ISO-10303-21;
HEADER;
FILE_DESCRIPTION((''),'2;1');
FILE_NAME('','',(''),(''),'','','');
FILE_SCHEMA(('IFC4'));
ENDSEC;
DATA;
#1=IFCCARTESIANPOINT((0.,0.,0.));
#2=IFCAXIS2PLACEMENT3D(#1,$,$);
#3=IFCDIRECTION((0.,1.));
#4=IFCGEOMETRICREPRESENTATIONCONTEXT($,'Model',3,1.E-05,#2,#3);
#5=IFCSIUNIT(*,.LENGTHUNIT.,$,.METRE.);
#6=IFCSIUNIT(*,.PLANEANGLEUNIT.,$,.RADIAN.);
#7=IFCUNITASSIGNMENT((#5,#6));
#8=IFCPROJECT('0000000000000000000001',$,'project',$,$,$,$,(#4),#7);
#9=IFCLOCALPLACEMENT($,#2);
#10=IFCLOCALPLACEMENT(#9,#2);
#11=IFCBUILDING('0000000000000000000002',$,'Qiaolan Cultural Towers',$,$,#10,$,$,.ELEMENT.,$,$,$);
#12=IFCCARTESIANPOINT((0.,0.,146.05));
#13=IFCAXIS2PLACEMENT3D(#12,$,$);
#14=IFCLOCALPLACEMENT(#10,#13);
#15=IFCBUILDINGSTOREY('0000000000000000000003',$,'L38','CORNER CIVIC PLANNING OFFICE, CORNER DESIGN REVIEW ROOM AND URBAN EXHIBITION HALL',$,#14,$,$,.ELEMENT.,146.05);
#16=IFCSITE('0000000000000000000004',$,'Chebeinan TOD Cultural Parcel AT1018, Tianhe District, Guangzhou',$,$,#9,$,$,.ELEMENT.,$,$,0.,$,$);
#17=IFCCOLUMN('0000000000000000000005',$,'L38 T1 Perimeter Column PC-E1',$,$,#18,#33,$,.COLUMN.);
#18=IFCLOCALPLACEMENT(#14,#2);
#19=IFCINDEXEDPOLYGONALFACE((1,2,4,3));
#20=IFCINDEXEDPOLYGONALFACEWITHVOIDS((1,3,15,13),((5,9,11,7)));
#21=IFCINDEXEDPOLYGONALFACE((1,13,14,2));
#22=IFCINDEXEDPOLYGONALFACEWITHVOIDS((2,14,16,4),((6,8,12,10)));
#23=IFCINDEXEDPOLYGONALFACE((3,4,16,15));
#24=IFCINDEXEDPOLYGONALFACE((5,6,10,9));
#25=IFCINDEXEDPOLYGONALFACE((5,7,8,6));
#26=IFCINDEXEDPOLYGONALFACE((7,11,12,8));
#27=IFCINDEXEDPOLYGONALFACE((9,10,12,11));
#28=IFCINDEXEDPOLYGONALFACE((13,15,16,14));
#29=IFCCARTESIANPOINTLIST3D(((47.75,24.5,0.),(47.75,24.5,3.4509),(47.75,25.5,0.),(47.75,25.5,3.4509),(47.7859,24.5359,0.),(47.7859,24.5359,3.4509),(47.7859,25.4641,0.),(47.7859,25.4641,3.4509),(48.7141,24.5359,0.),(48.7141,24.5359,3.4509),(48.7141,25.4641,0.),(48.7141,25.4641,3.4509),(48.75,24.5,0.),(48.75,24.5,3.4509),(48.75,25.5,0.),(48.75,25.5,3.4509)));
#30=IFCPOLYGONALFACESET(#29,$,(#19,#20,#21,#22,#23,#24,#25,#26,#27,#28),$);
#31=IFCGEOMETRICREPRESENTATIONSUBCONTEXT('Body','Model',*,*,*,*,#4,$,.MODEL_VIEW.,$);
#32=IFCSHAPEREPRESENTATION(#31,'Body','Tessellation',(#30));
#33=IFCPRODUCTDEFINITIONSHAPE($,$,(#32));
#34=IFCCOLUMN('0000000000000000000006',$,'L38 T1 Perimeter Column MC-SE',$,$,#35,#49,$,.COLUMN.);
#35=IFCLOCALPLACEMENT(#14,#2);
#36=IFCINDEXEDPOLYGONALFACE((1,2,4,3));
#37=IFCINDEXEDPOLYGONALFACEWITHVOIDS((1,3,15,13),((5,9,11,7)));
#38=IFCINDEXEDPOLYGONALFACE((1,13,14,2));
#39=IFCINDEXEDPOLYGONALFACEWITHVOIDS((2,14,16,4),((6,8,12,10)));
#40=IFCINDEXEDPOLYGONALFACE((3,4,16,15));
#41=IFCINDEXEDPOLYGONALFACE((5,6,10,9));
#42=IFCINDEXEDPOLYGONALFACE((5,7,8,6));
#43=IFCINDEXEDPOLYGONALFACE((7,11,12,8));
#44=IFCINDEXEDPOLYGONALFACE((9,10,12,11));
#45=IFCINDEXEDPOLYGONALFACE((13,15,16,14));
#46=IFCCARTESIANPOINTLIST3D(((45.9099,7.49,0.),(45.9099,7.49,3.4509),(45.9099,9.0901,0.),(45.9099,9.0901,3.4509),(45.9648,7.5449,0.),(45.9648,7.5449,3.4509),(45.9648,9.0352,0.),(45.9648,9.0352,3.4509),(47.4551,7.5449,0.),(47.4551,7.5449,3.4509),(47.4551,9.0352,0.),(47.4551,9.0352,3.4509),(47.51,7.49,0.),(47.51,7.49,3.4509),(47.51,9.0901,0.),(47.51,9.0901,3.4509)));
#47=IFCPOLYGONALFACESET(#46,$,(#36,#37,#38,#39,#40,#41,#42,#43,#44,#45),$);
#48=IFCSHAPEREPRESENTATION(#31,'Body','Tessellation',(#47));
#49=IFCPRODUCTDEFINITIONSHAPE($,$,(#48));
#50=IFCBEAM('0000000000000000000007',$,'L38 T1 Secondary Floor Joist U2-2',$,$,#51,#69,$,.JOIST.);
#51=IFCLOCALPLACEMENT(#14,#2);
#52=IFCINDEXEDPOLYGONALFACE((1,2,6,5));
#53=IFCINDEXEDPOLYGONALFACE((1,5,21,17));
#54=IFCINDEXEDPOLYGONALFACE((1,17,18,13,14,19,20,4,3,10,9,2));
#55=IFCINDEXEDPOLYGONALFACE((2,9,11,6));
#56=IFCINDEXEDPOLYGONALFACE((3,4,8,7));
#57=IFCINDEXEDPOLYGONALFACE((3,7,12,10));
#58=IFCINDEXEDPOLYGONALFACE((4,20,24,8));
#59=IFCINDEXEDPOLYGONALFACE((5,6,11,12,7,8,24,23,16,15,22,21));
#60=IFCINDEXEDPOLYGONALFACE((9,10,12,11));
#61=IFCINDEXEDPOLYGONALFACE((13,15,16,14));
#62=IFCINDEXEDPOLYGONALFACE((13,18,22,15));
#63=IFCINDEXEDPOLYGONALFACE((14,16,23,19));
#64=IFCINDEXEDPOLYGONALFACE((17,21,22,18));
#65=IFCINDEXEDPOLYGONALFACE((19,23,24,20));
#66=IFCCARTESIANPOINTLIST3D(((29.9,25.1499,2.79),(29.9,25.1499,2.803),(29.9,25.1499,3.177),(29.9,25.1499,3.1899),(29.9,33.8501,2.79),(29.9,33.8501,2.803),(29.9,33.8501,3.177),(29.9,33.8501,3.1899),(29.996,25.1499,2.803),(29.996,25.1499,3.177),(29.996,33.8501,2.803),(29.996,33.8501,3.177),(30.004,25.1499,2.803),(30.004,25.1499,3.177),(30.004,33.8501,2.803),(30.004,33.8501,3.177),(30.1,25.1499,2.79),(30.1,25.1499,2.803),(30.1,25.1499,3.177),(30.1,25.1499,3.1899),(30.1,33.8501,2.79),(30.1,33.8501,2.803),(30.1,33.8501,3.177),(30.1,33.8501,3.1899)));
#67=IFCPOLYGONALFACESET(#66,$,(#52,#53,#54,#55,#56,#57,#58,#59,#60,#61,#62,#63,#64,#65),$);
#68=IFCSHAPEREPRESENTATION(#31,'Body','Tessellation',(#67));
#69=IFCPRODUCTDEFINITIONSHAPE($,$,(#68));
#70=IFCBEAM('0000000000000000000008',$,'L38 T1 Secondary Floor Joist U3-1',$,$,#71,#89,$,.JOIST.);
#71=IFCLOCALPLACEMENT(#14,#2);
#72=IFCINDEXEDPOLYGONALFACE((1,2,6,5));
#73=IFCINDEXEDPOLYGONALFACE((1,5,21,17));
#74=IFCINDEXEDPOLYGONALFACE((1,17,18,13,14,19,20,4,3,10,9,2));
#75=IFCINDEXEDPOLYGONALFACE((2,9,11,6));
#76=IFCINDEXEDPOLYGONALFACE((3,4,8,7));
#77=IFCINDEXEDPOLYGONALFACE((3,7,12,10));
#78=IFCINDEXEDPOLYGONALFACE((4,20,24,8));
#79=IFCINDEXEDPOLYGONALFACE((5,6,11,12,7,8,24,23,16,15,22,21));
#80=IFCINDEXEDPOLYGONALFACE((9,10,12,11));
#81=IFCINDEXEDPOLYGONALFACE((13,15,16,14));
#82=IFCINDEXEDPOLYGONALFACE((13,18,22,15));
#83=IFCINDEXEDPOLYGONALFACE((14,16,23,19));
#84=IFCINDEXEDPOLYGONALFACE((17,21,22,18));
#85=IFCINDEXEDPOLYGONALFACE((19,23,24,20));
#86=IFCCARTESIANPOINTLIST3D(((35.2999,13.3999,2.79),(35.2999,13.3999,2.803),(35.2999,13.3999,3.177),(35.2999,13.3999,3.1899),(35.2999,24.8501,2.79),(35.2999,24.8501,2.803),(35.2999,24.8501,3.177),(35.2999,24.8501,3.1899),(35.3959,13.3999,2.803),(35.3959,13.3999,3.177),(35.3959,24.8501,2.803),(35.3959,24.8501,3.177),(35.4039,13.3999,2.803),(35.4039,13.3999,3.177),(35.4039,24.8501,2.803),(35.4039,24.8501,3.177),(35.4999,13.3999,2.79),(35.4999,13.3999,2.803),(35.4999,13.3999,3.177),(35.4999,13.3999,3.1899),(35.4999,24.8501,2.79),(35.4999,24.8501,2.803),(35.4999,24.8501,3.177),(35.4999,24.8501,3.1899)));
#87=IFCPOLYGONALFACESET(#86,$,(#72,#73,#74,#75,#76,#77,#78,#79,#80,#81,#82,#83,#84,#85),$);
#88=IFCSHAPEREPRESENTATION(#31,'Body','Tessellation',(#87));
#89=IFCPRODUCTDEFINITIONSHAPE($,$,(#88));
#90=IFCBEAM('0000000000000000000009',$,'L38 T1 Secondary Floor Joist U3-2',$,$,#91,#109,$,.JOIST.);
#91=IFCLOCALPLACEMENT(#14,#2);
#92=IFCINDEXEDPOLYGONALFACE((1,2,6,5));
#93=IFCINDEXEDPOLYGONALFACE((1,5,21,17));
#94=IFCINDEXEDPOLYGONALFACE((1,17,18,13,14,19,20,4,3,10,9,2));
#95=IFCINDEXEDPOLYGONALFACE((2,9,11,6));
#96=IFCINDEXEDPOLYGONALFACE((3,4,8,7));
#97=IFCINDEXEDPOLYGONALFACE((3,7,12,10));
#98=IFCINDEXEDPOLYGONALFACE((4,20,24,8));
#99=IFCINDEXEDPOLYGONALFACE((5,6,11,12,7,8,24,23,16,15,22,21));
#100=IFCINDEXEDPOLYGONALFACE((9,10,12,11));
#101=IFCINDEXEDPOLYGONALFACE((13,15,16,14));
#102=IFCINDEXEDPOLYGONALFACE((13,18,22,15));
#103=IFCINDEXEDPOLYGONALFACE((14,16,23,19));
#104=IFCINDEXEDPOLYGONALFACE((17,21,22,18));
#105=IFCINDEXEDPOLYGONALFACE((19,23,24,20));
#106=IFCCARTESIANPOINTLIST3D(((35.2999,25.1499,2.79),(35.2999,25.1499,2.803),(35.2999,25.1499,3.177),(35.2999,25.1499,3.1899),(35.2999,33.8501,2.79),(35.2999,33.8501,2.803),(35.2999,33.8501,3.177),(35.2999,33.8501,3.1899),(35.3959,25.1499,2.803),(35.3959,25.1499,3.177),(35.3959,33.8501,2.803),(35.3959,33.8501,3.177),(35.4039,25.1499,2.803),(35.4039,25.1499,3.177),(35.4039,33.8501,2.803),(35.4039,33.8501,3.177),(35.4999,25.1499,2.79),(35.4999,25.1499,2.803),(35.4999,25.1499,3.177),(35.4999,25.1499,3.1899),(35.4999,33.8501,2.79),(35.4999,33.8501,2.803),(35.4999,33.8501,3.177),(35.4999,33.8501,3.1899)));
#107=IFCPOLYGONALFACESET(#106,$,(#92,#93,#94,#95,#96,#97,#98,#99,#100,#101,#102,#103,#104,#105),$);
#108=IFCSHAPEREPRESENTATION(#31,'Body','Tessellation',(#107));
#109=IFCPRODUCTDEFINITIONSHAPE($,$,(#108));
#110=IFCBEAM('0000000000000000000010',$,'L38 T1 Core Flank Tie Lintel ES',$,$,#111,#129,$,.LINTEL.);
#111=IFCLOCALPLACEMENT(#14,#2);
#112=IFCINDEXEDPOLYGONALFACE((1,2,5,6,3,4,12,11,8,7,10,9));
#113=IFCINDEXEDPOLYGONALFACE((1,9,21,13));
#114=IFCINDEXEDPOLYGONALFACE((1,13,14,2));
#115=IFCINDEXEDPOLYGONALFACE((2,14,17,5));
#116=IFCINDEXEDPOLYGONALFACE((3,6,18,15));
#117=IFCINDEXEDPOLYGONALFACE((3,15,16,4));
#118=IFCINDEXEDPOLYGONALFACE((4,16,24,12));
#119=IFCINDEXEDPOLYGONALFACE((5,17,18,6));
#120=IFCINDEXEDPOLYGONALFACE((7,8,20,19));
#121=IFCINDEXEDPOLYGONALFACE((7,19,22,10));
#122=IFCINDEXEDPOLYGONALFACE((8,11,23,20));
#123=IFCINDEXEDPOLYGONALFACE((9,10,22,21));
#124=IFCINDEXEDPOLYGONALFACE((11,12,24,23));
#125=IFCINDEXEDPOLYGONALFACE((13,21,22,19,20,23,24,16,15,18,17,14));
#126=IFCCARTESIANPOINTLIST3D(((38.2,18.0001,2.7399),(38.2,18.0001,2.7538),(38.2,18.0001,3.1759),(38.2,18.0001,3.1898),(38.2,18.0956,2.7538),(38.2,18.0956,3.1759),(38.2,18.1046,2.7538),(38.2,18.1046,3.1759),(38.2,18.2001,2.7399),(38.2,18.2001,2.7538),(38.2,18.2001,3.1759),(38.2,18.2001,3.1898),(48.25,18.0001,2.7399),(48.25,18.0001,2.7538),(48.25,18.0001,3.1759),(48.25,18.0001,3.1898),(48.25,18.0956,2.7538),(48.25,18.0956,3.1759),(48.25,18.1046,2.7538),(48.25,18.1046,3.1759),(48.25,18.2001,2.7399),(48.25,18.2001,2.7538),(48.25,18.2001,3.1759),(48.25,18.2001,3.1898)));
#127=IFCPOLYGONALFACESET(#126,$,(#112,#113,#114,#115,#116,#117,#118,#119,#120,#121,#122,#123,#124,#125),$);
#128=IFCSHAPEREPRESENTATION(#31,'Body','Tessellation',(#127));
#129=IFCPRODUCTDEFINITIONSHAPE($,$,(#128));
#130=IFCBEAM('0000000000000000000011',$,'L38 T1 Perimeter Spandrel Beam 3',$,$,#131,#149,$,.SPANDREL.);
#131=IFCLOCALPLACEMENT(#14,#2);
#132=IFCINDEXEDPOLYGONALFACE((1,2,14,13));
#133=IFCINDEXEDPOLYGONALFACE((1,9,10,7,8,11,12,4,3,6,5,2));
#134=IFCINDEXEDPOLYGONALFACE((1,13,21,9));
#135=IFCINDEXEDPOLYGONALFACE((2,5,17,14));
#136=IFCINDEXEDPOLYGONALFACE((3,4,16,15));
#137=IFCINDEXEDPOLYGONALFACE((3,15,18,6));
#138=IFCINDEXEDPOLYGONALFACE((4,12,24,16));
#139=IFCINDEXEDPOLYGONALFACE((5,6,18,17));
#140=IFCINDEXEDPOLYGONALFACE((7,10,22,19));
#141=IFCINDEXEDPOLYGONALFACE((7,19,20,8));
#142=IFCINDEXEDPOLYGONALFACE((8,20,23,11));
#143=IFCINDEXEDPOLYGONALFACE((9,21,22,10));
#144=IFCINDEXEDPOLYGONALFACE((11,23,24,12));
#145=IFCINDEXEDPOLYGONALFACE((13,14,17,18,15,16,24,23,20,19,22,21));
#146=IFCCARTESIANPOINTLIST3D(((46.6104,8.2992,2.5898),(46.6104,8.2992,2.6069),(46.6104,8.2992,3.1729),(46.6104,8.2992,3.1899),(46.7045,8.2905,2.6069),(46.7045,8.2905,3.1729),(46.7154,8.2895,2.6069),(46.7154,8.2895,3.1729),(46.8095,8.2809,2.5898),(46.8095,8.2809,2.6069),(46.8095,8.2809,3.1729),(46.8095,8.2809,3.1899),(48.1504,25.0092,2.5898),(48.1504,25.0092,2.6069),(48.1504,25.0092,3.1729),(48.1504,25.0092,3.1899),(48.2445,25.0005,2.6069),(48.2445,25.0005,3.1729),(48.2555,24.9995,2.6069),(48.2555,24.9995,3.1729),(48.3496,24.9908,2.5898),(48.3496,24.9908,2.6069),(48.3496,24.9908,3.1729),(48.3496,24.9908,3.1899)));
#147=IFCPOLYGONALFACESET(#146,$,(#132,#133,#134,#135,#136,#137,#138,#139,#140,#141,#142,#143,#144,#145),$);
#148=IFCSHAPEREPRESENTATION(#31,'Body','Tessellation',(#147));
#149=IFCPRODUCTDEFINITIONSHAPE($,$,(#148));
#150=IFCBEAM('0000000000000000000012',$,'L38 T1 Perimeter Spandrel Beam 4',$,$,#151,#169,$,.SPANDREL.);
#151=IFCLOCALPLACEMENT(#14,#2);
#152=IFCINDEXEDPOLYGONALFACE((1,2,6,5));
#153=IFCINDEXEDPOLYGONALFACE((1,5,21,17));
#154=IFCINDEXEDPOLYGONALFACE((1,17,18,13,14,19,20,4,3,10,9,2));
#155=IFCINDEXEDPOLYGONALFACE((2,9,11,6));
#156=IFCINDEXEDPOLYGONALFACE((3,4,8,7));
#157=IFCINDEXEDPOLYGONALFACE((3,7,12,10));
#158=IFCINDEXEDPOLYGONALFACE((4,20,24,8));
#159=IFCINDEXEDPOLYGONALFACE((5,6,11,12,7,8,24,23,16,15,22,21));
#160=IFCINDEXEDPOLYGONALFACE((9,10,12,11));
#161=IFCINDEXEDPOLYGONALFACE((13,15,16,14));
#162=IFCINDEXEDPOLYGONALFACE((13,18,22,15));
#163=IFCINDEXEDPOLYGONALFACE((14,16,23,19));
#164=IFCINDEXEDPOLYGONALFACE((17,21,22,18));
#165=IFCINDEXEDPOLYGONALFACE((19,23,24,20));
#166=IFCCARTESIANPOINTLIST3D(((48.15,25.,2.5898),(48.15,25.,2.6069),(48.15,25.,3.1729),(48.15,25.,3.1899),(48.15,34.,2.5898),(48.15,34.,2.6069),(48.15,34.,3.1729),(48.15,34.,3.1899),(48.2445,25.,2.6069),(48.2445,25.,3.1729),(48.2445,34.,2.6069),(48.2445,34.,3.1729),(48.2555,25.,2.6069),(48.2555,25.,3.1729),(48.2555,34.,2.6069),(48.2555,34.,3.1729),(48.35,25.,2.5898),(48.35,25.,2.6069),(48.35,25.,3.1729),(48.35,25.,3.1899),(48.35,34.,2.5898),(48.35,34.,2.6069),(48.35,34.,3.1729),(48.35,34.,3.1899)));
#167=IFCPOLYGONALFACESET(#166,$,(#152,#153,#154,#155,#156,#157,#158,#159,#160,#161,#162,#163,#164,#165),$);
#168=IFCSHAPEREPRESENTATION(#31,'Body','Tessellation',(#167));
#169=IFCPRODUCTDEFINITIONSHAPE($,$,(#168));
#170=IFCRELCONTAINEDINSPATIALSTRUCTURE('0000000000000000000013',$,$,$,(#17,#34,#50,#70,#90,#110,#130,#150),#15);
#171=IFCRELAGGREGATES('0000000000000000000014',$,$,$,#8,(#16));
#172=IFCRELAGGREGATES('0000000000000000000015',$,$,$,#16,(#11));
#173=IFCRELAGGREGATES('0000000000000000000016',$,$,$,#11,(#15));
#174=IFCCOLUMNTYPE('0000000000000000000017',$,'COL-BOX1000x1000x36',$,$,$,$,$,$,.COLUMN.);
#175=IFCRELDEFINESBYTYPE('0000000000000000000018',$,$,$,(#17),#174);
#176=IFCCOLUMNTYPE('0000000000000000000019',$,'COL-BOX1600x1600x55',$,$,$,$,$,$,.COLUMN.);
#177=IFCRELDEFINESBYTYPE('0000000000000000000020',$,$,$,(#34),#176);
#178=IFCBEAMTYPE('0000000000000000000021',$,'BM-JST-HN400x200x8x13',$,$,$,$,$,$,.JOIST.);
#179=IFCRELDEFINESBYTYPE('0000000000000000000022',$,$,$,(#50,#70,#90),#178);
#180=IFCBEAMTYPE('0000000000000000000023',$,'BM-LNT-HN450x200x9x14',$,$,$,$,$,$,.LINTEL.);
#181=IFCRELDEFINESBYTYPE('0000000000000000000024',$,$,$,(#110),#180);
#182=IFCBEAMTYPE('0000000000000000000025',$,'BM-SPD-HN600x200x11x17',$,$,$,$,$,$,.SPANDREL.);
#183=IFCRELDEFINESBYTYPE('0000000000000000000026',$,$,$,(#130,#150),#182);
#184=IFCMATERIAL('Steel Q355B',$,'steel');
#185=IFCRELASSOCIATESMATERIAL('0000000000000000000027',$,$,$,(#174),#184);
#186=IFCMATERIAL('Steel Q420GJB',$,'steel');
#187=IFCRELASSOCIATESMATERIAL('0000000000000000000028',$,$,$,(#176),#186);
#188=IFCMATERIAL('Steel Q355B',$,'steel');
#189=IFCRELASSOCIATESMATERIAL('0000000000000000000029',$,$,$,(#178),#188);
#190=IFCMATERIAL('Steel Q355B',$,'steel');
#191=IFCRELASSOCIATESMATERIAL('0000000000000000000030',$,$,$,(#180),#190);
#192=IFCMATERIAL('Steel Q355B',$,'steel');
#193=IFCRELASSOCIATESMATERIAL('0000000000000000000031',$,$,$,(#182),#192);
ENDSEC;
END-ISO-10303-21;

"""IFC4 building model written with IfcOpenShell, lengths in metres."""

from ifc_helpers import new_model, si_unit, direction, frame, origin, origin_2d, place, context, subcontext, project, spatial, hollow_rectangle, i_section, extrude, material, material_profile, profile_set, type_object, element, save


model = new_model("IFC4")

# Units and contexts
model_context = context("Model", 3, precision=1e-05, world=origin(), true_north=direction((0.0, 1.0)))
body_context = subcontext(model_context, "Body", "Model", "MODEL_VIEW")
ifc_project = project(units=[si_unit("LENGTHUNIT", "METRE"), si_unit("PLANEANGLEUNIT", "RADIAN")], contexts=[model_context])

# Site, building, storey
site_placement = place(None, origin())
site = spatial("IfcSite", under=ifc_project, at=site_placement, Name="Chebeinan TOD Cultural Parcel AT1018, Tianhe District, Guangzhou", CompositionType="ELEMENT", RefElevation=0.0)
building_placement = place(site_placement, origin())
building = spatial("IfcBuilding", under=site, at=building_placement, Name="Qiaolan Cultural Towers", CompositionType="ELEMENT")
storey_placement = place(building_placement, frame((0.0, 0.0, 146.05)))
storey = spatial("IfcBuildingStorey", under=building, at=storey_placement, Name="L38", Description="CORNER CIVIC PLANNING OFFICE, CORNER DESIGN REVIEW ROOM AND URBAN EXHIBITION HALL", CompositionType="ELEMENT", Elevation=146.05)

# Columns
ifc_material_1 = material(Name="Steel Q355B", Category="steel")
ifc_material_profile_1 = material_profile(ifc_material_1, hollow_rectangle(XDim=1.0, YDim=1.0, WallThickness=0.0359, at=origin_2d()), Name="BOX1000x1000x36")
ifc_profile_set_1 = profile_set([ifc_material_profile_1], Name="Steel Q355B")
column_type_1 = type_object("IfcColumnType", Name="COL-BOX1000x1000x36", PredefinedType="COLUMN", material=ifc_profile_set_1)
column_1_placement = place(storey_placement, frame((48.25, 25.0, 0.0), z_axis=(0.0, 0.0, 1.0), x_axis=(1.0, 0.0, 0.0)))
element("IfcColumn", 1, at=column_1_placement, inside=storey, type_object=column_type_1, Name="L38 T1 Perimeter Column PC-E1", PredefinedType="COLUMN", context=body_context, shape_type="SweptSolid", body=[
    extrude(hollow_rectangle(XDim=1.0, YDim=1.0, WallThickness=0.0359, at=origin_2d()), origin(), (0.0, 0.0, 1.0), 3.4509),
])
ifc_material_2 = material(Name="Steel Q420GJB", Category="steel")
ifc_material_profile_2 = material_profile(ifc_material_2, hollow_rectangle(XDim=1.6001, YDim=1.6001, WallThickness=0.0549, at=origin_2d()), Name="BOX1600x1600x55")
ifc_profile_set_2 = profile_set([ifc_material_profile_2], Name="Steel Q420GJB")
column_type_2 = type_object("IfcColumnType", Name="COL-BOX1600x1600x55", PredefinedType="COLUMN", material=ifc_profile_set_2)
column_2_placement = place(storey_placement, frame((46.71, 8.29, 0.0), z_axis=(0.0, 0.0, 1.0), x_axis=(1.0, 0.0, 0.0)))
element("IfcColumn", 2, at=column_2_placement, inside=storey, type_object=column_type_2, Name="L38 T1 Perimeter Column MC-SE", PredefinedType="COLUMN", context=body_context, shape_type="SweptSolid", body=[
    extrude(hollow_rectangle(XDim=1.6001, YDim=1.6001, WallThickness=0.0549, at=origin_2d()), origin(), (0.0, 0.0, 1.0), 3.4509),
])

# Beams
ifc_material_3 = material(Name="Steel Q355B", Category="steel")
ifc_material_profile_3 = material_profile(ifc_material_3, i_section(OverallWidth=0.2, OverallDepth=0.3999, WebThickness=0.0081, FlangeThickness=0.0129, at=origin_2d()), Name="HN400x200x8x13")
ifc_profile_set_3 = profile_set([ifc_material_profile_3], Name="Steel Q355B")
beam_type_1 = type_object("IfcBeamType", Name="BM-JST-HN400x200x8x13", PredefinedType="JOIST", material=ifc_profile_set_3)
beam_1_placement = place(storey_placement, frame((30.0, 25.1499, 2.99), z_axis=(0.0, 1.0, 0.0), x_axis=(-1.0, 0.0, 0.0)))
element("IfcBeam", 3, at=beam_1_placement, inside=storey, type_object=beam_type_1, Name="L38 T1 Secondary Floor Joist U2-2", PredefinedType="JOIST", context=body_context, shape_type="SweptSolid", body=[
    extrude(i_section(OverallWidth=0.2, OverallDepth=0.3999, WebThickness=0.0081, FlangeThickness=0.0129, at=origin_2d()), origin(), (0.0, 0.0, 1.0), 8.7002),
])
beam_2_placement = place(storey_placement, frame((35.3999, 13.3999, 2.99), z_axis=(0.0, 1.0, 0.0), x_axis=(-1.0, 0.0, 0.0)))
element("IfcBeam", 4, at=beam_2_placement, inside=storey, type_object=beam_type_1, Name="L38 T1 Secondary Floor Joist U3-1", PredefinedType="JOIST", context=body_context, shape_type="SweptSolid", body=[
    extrude(i_section(OverallWidth=0.2, OverallDepth=0.3999, WebThickness=0.0081, FlangeThickness=0.0129, at=origin_2d()), origin(), (0.0, 0.0, 1.0), 11.4502),
])
beam_3_placement = place(storey_placement, frame((35.3999, 25.1499, 2.99), z_axis=(0.0, 1.0, 0.0), x_axis=(-1.0, 0.0, 0.0)))
element("IfcBeam", 5, at=beam_3_placement, inside=storey, type_object=beam_type_1, Name="L38 T1 Secondary Floor Joist U3-2", PredefinedType="JOIST", context=body_context, shape_type="SweptSolid", body=[
    extrude(i_section(OverallWidth=0.2, OverallDepth=0.3999, WebThickness=0.0081, FlangeThickness=0.0129, at=origin_2d()), origin(), (0.0, 0.0, 1.0), 8.7002),
])
ifc_material_4 = material(Name="Steel Q355B", Category="steel")
ifc_material_profile_4 = material_profile(ifc_material_4, i_section(OverallWidth=0.2, OverallDepth=0.45, WebThickness=0.009, FlangeThickness=0.0139, at=origin_2d()), Name="HN450x200x9x14")
ifc_profile_set_4 = profile_set([ifc_material_profile_4], Name="Steel Q355B")
beam_type_2 = type_object("IfcBeamType", Name="BM-LNT-HN450x200x9x14", PredefinedType="LINTEL", material=ifc_profile_set_4)
beam_4_placement = place(storey_placement, frame((38.2, 18.1001, 2.9648), z_axis=(1.0, 0.0, 0.0), x_axis=(0.0, 1.0, 0.0)))
element("IfcBeam", 6, at=beam_4_placement, inside=storey, type_object=beam_type_2, Name="L38 T1 Core Flank Tie Lintel ES", PredefinedType="LINTEL", context=body_context, shape_type="SweptSolid", body=[
    extrude(i_section(OverallWidth=0.2, OverallDepth=0.45, WebThickness=0.009, FlangeThickness=0.0139, at=origin_2d()), origin(), (0.0, 0.0, 1.0), 10.05),
])
ifc_material_5 = material(Name="Steel Q355B", Category="steel")
ifc_material_profile_5 = material_profile(ifc_material_5, i_section(OverallWidth=0.2, OverallDepth=0.6001, WebThickness=0.011, FlangeThickness=0.0171, at=origin_2d()), Name="HN600x200x11x17")
ifc_profile_set_5 = profile_set([ifc_material_profile_5], Name="Steel Q355B")
beam_type_3 = type_object("IfcBeamType", Name="BM-SPD-HN600x200x11x17", PredefinedType="SPANDREL", material=ifc_profile_set_5)
beam_5_placement = place(storey_placement, frame((46.71, 8.29, 2.8899), z_axis=(0.091774, 0.99578, 0.0), x_axis=(-0.99578, 0.091774, 0.0)))
element("IfcBeam", 7, at=beam_5_placement, inside=storey, type_object=beam_type_3, Name="L38 T1 Perimeter Spandrel Beam 3", PredefinedType="SPANDREL", context=body_context, shape_type="SweptSolid", body=[
    extrude(i_section(OverallWidth=0.2, OverallDepth=0.6001, WebThickness=0.011, FlangeThickness=0.0171, at=origin_2d()), origin(), (0.0, 0.0, 1.0), 16.7808),
])
beam_6_placement = place(storey_placement, frame((48.25, 25.0, 2.8899), z_axis=(0.0, 1.0, 0.0), x_axis=(-1.0, 0.0, 0.0)))
element("IfcBeam", 8, at=beam_6_placement, inside=storey, type_object=beam_type_3, Name="L38 T1 Perimeter Spandrel Beam 4", PredefinedType="SPANDREL", context=body_context, shape_type="SweptSolid", body=[
    extrude(i_section(OverallWidth=0.2, OverallDepth=0.6001, WebThickness=0.011, FlangeThickness=0.0171, at=origin_2d()), origin(), (0.0, 0.0, 1.0), 9.0),
])

save(model, "model.ifc")
